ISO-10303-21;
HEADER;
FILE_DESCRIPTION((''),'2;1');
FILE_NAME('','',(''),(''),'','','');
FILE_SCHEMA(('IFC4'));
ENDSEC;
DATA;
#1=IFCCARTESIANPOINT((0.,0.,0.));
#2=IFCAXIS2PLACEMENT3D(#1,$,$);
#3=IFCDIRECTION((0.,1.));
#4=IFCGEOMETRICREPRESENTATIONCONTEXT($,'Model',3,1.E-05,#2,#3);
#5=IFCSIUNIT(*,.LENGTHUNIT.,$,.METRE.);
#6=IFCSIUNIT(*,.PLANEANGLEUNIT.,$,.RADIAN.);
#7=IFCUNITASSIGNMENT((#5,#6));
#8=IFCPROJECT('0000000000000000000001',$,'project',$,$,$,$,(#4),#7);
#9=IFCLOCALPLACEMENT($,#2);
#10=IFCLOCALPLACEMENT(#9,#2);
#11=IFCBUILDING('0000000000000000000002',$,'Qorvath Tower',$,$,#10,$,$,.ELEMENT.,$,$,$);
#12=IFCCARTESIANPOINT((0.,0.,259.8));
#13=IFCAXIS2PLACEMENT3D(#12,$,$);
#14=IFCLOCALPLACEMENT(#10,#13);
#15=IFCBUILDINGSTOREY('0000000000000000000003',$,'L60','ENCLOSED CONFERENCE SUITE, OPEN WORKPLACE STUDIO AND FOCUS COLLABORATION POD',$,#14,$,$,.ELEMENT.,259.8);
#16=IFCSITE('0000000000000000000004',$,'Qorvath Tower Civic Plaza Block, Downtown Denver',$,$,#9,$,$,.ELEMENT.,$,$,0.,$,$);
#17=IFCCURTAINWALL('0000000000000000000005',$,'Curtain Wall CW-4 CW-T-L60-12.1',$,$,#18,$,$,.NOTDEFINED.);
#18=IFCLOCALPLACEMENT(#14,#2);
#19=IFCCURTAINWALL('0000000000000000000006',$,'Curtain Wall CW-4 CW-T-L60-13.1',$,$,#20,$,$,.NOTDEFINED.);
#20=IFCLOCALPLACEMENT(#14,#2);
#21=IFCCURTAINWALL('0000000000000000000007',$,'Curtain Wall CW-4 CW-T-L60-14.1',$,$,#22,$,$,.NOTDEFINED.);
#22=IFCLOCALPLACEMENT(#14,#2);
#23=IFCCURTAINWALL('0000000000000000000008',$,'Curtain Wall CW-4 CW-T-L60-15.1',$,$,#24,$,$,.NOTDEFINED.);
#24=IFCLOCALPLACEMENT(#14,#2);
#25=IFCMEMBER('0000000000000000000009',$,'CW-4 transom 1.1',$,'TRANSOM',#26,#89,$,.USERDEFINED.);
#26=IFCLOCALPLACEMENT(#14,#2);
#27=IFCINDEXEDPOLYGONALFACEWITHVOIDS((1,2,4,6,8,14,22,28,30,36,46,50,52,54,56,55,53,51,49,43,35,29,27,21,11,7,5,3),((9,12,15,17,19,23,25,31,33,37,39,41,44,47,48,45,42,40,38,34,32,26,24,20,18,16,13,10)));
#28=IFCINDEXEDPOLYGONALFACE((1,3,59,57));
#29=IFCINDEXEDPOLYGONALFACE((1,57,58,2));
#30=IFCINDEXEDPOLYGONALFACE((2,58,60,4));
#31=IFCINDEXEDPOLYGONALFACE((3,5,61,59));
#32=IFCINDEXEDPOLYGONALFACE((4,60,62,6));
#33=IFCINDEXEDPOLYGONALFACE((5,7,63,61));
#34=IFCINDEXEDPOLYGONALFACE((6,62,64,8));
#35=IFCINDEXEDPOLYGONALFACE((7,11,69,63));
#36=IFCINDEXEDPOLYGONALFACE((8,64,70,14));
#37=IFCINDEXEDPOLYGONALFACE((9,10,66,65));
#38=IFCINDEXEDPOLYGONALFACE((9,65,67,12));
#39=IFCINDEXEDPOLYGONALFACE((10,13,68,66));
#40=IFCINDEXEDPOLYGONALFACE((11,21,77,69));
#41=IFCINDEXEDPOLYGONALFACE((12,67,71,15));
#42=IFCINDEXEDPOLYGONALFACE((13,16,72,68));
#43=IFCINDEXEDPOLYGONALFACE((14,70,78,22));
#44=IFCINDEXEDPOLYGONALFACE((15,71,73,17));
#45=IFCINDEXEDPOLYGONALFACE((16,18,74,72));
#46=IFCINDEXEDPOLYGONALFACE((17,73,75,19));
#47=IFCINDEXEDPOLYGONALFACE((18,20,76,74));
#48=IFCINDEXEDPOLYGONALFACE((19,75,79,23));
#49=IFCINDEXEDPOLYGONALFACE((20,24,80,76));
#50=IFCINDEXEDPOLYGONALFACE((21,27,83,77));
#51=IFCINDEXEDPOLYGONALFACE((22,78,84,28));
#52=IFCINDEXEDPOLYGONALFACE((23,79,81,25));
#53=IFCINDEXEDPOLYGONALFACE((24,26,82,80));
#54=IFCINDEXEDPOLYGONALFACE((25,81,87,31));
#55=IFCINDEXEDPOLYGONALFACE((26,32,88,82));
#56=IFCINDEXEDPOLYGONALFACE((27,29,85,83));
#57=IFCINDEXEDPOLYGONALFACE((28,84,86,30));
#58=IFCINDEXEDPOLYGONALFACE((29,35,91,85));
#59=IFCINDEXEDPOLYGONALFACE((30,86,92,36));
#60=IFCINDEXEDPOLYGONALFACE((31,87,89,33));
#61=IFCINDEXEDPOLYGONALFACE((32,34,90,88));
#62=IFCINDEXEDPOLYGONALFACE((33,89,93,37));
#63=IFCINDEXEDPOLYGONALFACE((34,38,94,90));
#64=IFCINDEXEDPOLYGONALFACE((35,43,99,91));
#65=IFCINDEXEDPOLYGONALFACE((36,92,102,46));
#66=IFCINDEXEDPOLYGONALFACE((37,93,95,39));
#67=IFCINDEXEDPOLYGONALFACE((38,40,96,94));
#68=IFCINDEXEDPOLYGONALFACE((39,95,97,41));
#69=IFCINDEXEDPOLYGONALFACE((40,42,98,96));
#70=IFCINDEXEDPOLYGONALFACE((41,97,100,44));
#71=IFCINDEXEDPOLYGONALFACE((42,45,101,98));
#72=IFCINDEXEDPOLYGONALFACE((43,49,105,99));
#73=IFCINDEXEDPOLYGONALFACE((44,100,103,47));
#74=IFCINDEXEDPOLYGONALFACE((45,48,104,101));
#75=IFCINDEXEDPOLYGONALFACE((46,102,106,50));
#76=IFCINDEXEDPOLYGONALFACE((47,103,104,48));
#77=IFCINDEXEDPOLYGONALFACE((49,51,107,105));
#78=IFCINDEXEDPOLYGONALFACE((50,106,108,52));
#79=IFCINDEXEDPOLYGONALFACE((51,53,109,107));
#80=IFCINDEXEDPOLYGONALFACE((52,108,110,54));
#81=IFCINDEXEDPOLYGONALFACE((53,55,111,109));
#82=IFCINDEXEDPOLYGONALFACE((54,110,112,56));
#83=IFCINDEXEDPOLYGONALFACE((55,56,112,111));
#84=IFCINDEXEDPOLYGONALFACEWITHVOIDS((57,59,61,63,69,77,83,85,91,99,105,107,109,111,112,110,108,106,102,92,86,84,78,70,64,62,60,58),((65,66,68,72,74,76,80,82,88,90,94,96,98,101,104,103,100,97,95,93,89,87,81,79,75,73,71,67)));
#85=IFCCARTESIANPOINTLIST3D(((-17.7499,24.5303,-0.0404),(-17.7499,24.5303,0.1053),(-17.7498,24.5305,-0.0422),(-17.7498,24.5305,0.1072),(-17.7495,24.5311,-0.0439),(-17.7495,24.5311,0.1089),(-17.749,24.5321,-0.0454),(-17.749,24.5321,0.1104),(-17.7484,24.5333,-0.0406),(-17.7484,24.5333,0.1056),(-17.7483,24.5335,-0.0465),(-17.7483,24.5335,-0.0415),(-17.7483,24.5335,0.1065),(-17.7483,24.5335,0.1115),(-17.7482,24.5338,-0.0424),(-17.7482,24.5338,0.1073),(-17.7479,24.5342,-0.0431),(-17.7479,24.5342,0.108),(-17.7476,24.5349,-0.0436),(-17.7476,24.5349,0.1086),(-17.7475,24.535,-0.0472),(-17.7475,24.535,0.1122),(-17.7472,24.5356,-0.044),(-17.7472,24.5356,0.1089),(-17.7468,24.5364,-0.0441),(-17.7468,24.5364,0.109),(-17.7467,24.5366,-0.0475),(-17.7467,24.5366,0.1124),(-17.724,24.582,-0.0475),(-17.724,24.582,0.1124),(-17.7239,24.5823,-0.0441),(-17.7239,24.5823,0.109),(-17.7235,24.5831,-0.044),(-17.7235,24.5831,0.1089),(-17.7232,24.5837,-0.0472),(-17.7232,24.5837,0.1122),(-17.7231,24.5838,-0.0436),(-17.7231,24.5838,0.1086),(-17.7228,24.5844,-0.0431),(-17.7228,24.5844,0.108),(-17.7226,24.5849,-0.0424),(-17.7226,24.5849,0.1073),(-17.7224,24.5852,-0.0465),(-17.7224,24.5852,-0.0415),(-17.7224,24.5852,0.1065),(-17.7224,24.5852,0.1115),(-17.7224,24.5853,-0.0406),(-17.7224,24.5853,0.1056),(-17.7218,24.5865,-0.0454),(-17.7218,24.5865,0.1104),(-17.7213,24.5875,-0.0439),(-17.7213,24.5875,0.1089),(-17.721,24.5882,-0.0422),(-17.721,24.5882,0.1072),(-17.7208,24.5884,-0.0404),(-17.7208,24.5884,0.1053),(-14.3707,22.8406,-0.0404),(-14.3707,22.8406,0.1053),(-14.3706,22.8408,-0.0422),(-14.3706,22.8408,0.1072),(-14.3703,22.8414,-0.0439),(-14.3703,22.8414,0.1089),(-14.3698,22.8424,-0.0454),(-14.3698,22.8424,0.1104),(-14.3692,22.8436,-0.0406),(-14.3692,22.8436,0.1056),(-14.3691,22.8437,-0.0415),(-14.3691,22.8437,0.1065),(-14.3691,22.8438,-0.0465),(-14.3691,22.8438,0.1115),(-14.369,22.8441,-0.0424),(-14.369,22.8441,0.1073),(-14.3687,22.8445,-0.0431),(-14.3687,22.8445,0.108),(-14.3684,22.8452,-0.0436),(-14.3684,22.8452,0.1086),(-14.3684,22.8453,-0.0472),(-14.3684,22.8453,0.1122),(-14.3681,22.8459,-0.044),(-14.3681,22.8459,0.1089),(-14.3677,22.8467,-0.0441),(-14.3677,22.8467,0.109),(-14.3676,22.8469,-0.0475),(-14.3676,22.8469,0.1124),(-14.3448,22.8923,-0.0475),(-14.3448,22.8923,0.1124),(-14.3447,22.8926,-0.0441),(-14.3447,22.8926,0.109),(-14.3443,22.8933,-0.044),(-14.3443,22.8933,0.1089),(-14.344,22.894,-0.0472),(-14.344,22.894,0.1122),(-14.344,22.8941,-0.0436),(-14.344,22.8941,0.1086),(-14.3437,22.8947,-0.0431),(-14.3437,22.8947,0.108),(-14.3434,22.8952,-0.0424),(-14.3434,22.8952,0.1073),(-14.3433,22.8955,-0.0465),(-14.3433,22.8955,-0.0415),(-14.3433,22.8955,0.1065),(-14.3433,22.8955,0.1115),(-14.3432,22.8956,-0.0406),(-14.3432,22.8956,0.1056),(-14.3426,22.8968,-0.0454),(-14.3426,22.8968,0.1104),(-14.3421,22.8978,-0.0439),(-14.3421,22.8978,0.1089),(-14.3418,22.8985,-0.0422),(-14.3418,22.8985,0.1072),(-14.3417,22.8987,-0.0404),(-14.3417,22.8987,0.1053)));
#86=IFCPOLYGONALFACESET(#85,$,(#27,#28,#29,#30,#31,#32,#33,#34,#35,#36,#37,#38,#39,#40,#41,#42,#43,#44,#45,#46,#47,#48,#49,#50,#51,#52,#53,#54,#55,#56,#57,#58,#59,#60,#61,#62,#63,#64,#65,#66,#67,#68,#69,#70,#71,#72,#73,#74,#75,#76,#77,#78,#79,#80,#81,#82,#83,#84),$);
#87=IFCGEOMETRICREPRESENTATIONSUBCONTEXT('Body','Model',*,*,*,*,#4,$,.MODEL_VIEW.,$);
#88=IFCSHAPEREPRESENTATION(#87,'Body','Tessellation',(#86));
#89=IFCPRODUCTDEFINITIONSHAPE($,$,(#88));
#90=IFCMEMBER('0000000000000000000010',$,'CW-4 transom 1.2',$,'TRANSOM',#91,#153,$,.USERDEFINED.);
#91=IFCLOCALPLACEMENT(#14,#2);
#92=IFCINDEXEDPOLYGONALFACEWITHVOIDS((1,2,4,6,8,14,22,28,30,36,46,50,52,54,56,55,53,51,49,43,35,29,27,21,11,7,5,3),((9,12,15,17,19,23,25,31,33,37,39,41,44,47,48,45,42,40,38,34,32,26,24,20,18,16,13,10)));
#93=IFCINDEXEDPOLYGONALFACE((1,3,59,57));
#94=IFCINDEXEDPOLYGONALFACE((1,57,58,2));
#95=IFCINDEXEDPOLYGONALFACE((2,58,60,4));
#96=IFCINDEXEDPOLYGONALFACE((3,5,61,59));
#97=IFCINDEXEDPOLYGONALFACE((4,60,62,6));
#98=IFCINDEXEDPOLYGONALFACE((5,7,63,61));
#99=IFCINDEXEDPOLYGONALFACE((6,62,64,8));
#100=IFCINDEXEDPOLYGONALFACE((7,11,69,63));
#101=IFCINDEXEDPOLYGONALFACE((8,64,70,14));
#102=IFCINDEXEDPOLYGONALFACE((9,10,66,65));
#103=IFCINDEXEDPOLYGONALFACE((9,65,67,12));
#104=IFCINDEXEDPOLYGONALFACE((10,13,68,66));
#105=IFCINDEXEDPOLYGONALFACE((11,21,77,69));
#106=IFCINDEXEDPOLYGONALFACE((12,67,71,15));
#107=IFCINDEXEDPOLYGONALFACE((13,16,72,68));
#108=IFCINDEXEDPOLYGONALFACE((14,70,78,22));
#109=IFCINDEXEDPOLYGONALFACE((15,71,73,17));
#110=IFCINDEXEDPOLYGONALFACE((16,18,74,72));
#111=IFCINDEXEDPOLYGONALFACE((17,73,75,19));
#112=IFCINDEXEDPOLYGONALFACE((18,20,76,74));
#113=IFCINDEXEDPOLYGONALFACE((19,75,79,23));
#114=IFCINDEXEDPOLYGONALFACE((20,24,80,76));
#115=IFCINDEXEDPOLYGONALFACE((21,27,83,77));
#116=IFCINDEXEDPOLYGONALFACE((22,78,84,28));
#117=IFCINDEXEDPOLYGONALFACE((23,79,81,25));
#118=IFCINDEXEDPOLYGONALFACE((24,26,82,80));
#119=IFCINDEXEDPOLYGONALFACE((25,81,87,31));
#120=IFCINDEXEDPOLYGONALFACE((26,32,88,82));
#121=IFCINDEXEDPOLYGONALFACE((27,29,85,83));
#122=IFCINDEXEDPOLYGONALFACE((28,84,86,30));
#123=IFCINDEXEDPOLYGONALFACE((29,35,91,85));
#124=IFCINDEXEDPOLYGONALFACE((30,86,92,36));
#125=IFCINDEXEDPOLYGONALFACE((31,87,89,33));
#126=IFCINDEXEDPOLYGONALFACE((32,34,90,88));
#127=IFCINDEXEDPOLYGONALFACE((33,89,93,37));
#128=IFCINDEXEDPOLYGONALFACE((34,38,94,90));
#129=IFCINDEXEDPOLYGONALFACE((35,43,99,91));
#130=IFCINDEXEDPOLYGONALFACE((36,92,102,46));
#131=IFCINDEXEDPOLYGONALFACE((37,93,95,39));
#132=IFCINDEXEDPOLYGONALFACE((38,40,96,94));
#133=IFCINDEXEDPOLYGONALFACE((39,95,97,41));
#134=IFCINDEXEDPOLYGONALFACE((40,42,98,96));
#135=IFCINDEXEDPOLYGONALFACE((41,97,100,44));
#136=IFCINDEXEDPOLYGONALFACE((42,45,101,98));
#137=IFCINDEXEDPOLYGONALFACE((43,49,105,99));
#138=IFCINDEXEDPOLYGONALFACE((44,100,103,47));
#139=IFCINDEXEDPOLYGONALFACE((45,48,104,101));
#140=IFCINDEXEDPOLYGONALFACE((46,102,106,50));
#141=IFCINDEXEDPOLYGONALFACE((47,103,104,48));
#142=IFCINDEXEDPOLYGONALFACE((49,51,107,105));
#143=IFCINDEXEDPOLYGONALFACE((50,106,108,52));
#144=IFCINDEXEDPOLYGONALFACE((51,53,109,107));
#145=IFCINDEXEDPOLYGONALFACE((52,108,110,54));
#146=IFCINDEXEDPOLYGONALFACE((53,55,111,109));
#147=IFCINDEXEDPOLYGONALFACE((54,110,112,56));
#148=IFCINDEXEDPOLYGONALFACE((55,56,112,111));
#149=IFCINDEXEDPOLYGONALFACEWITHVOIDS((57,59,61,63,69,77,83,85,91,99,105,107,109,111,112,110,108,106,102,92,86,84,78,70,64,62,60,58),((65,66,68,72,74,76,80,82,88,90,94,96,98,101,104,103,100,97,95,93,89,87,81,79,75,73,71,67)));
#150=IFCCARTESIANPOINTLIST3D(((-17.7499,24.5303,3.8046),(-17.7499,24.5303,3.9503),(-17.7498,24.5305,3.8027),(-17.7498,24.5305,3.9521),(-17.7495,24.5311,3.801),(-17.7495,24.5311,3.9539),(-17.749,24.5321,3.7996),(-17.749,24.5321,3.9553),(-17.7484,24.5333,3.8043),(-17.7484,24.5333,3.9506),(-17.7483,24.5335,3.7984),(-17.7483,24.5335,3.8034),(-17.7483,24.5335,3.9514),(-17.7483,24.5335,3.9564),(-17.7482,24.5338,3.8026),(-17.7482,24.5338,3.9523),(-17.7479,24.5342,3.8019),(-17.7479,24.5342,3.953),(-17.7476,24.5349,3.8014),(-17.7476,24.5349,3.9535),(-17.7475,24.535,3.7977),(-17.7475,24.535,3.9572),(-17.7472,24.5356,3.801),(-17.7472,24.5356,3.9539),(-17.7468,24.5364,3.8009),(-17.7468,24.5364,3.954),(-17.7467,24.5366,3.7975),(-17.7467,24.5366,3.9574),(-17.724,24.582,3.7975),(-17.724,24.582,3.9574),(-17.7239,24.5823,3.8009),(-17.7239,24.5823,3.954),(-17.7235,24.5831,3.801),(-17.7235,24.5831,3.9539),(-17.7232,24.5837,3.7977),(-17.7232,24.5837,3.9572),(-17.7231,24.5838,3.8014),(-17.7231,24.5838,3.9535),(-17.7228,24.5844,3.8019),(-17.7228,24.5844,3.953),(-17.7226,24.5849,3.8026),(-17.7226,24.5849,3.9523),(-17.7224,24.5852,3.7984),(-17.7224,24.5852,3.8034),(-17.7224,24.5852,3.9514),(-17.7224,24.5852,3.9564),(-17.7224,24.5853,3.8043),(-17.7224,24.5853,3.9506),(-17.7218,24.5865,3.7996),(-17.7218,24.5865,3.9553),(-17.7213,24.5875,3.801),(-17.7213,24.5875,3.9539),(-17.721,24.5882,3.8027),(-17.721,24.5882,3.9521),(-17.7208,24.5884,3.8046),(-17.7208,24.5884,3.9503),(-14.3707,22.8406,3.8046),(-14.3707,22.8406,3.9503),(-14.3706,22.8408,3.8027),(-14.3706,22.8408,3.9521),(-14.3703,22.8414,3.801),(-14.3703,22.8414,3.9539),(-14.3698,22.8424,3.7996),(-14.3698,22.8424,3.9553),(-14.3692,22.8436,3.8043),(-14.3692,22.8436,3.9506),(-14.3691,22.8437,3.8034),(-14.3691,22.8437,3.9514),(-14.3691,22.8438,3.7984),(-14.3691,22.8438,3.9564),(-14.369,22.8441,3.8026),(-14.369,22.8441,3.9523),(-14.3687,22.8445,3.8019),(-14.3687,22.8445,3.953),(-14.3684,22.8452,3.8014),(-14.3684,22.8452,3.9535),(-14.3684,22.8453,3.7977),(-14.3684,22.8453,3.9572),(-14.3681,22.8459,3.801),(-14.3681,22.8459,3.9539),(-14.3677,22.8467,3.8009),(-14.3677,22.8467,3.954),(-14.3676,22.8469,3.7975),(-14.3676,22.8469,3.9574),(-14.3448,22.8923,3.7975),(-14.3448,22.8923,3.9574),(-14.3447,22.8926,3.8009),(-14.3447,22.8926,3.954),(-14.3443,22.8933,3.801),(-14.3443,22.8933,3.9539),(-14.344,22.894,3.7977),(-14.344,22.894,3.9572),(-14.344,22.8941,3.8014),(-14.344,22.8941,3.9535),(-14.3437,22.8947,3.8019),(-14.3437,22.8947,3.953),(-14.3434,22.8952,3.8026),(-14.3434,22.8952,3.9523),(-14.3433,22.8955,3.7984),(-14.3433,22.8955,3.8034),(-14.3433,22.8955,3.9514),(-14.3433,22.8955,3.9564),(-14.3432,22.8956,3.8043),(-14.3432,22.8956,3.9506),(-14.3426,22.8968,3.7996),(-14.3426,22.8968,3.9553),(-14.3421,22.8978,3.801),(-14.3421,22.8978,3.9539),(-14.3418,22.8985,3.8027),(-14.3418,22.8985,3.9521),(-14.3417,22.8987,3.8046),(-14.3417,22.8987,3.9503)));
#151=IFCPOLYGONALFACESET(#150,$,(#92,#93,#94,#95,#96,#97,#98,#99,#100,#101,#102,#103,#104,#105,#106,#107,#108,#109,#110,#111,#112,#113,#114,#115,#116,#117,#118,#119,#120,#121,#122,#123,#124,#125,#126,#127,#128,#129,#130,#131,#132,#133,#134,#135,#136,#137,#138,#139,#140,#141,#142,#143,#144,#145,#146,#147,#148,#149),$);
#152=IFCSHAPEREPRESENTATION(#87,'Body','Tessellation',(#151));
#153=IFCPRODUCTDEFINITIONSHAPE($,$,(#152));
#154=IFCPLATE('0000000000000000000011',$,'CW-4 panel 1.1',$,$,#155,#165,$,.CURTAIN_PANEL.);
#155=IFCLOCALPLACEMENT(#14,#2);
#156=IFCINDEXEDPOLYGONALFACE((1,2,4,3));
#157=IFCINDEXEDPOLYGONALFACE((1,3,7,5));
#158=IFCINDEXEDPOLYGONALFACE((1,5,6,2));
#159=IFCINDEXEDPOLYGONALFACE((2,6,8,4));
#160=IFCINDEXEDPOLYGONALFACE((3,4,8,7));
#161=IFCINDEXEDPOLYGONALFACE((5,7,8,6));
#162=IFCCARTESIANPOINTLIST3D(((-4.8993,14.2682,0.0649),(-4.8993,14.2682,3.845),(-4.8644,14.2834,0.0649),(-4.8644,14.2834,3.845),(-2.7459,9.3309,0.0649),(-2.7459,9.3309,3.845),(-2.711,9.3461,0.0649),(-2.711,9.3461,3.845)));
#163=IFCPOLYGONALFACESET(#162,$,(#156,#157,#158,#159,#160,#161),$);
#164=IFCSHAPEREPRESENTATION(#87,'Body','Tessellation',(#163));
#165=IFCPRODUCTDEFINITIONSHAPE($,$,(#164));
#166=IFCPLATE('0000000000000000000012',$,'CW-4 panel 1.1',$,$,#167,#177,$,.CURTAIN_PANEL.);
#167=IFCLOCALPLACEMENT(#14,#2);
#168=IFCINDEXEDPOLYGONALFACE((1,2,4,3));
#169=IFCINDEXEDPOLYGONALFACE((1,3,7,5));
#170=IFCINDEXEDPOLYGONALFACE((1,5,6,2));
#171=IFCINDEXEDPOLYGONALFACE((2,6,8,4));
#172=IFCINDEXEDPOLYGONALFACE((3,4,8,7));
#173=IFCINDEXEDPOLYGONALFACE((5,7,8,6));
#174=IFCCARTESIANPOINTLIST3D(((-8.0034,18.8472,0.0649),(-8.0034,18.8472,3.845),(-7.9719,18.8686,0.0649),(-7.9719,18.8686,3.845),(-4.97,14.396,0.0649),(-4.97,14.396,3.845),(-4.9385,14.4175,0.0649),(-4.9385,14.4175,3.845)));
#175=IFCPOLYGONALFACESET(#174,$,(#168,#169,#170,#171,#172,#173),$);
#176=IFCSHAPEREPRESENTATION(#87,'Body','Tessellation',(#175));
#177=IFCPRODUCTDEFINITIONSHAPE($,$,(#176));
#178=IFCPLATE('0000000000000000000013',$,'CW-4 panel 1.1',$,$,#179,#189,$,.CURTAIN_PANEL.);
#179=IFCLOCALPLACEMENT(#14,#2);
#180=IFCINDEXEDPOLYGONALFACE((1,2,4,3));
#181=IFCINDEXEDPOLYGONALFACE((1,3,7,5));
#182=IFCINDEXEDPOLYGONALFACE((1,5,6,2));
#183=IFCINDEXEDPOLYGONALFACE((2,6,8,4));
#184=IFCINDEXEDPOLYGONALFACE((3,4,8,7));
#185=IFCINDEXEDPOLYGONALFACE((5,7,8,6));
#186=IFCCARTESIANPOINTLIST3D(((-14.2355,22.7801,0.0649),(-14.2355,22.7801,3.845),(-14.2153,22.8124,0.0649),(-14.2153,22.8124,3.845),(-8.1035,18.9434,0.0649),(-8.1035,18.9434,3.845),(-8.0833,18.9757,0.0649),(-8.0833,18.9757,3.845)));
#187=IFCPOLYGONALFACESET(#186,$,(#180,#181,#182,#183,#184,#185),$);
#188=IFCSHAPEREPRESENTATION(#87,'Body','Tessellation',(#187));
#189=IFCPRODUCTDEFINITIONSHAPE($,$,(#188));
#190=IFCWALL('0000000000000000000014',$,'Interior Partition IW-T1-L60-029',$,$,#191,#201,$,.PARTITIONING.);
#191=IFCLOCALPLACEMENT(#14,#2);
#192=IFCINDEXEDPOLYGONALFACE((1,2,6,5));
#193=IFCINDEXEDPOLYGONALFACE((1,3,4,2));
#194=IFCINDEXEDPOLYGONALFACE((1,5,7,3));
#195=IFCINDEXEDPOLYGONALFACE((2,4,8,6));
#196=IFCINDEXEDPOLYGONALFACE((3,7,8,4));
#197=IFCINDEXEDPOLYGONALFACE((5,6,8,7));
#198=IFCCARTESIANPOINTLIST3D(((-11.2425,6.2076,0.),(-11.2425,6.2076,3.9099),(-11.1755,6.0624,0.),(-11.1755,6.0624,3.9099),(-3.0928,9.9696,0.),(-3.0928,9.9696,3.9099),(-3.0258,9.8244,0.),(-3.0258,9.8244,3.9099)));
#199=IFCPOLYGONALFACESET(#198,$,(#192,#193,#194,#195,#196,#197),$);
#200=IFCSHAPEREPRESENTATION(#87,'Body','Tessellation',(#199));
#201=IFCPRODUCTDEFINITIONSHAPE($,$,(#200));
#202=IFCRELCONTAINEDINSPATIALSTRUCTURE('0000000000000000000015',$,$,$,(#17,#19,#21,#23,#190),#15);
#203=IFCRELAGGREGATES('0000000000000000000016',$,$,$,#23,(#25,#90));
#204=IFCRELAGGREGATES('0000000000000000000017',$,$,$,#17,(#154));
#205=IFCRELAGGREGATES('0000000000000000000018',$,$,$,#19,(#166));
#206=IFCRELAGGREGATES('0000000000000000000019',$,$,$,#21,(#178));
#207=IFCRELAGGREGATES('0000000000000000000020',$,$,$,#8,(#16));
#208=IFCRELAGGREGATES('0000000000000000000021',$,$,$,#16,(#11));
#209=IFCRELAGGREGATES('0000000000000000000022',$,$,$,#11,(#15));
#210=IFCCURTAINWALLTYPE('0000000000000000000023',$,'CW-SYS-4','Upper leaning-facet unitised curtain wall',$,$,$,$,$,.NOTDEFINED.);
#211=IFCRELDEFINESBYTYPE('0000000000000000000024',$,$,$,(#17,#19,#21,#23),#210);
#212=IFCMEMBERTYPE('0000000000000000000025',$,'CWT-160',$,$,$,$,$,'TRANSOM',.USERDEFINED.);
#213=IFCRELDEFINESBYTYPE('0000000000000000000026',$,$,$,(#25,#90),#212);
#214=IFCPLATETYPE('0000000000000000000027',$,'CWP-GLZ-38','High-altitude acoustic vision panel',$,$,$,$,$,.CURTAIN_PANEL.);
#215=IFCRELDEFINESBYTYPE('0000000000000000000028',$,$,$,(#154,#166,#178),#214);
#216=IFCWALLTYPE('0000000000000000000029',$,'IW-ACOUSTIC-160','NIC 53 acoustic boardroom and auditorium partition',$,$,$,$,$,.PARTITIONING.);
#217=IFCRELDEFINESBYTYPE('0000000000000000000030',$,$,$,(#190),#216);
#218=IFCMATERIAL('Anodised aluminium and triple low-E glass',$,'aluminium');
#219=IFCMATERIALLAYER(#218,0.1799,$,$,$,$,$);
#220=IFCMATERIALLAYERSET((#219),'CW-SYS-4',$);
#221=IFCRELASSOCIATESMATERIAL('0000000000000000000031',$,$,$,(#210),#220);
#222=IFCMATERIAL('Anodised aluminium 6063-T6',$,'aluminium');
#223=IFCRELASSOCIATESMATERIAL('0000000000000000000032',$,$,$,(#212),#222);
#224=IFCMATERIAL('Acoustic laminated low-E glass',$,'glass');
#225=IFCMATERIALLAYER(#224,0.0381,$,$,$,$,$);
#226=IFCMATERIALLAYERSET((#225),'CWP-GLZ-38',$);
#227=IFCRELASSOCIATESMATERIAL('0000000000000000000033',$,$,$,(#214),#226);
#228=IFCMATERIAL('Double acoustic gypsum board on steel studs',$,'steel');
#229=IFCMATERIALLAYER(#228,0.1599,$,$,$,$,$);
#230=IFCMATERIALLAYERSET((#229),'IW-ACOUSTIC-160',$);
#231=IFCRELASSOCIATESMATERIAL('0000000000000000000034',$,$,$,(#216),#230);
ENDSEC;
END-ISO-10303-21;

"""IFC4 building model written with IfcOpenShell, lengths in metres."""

from ifc_helpers import new_model, si_unit, direction, frame, frame_2d, origin, origin_2d, place, context, subcontext, project, spatial, rectangle, hollow_rectangle, extrude, material, layer, layer_set, material_profile, profile_set, type_object, element, aggregate, save


model = new_model("IFC4")

# Units and contexts
model_context = context("Model", 3, precision=1e-05, world=origin(), true_north=direction((0.0, 1.0)))
body_context = subcontext(model_context, "Body", "Model", "MODEL_VIEW")
ifc_project = project(units=[si_unit("LENGTHUNIT", "METRE"), si_unit("PLANEANGLEUNIT", "RADIAN")], contexts=[model_context])

# Site, building, storey
site_placement = place(None, origin())
site = spatial("IfcSite", under=ifc_project, at=site_placement, Name="Qorvath Tower Civic Plaza Block, Downtown Denver", CompositionType="ELEMENT", RefElevation=0.0)
building_placement = place(site_placement, origin())
building = spatial("IfcBuilding", under=site, at=building_placement, Name="Qorvath Tower", CompositionType="ELEMENT")
storey_placement = place(building_placement, frame((0.0, 0.0, 259.8)))
storey = spatial("IfcBuildingStorey", under=building, at=storey_placement, Name="L60", Description="ENCLOSED CONFERENCE SUITE, OPEN WORKPLACE STUDIO AND FOCUS COLLABORATION POD", CompositionType="ELEMENT", Elevation=259.8)

# Shared definitions
ifc_material_1 = material(Name="Anodised aluminium and triple low-E glass", Category="aluminium")
ifc_layer_1 = layer(ifc_material_1, 0.1799)
ifc_layer_set_1 = layer_set([ifc_layer_1], Name="CW-SYS-4")
curtain_wall_type = type_object("IfcCurtainWallType", Name="CW-SYS-4", Description="Upper leaning-facet unitised curtain wall", PredefinedType="NOTDEFINED", material=ifc_layer_set_1)

# Curtain walls
curtain_wall_1_placement = place(storey_placement, origin())
curtain_wall_1 = element("IfcCurtainWall", 1, at=curtain_wall_1_placement, inside=storey, type_object=curtain_wall_type, Name="Curtain Wall CW-4 CW-T-L60-12.1", PredefinedType="NOTDEFINED")
curtain_wall_2_placement = place(storey_placement, origin())
curtain_wall_2 = element("IfcCurtainWall", 2, at=curtain_wall_2_placement, inside=storey, type_object=curtain_wall_type, Name="Curtain Wall CW-4 CW-T-L60-13.1", PredefinedType="NOTDEFINED")
curtain_wall_3_placement = place(storey_placement, origin())
curtain_wall_3 = element("IfcCurtainWall", 3, at=curtain_wall_3_placement, inside=storey, type_object=curtain_wall_type, Name="Curtain Wall CW-4 CW-T-L60-14.1", PredefinedType="NOTDEFINED")

# Curtain wall
curtain_wall_4_placement = place(storey_placement, origin())
curtain_wall_4 = element("IfcCurtainWall", 4, at=curtain_wall_4_placement, inside=storey, type_object=curtain_wall_type, Name="Curtain Wall CW-4 CW-T-L60-15.1", PredefinedType="NOTDEFINED")

# Members
ifc_material_2 = material(Name="Anodised aluminium 6063-T6", Category="aluminium")
ifc_material_profile_1 = material_profile(ifc_material_2, hollow_rectangle(XDim=0.0649, YDim=0.1599, WallThickness=0.0034, InnerFilletRadius=0.0034, OuterFilletRadius=0.0071, at=origin_2d()), Name="CWT 160x65")
ifc_profile_set_1 = profile_set([ifc_material_profile_1], Name="Anodised aluminium 6063-T6")
member_type_1 = type_object("IfcMemberType", Name="CWT-160", ElementType="TRANSOM", PredefinedType="USERDEFINED", material=ifc_profile_set_1)
member_1_placement = place(storey_placement, frame((-14.3562, 22.8696, 0.0325), z_axis=(-0.894414, 0.447239, 0.0), x_axis=(-0.447239, -0.894414, 0.0)))
member_1 = element("IfcMember", 5, at=member_1_placement, type_object=member_type_1, Name="CW-4 transom 1.1", ObjectType="TRANSOM", PredefinedType="USERDEFINED", context=body_context, shape_type="SweptSolid", body=[
    extrude(hollow_rectangle(XDim=0.0649, YDim=0.1599, WallThickness=0.0034, InnerFilletRadius=0.0034, OuterFilletRadius=0.0071, at=origin_2d()), origin(), (0.0, 0.0, 1.0), 3.7781),
])
member_2_placement = place(storey_placement, frame((-14.3562, 22.8696, 3.8774), z_axis=(-0.894414, 0.447239, 0.0), x_axis=(-0.447239, -0.894414, 0.0)))
member_2 = element("IfcMember", 6, at=member_2_placement, type_object=member_type_1, Name="CW-4 transom 1.2", ObjectType="TRANSOM", PredefinedType="USERDEFINED", context=body_context, shape_type="SweptSolid", body=[
    extrude(hollow_rectangle(XDim=0.0649, YDim=0.1599, WallThickness=0.0034, InnerFilletRadius=0.0034, OuterFilletRadius=0.0071, at=origin_2d()), origin(), (0.0, 0.0, 1.0), 3.7781),
])
aggregate(curtain_wall_4, [member_1, member_2])

# Plates
ifc_material_3 = material(Name="Acoustic laminated low-E glass", Category="glass")
ifc_layer_2 = layer(ifc_material_3, 0.0381)
ifc_layer_set_2 = layer_set([ifc_layer_2], Name="CWP-GLZ-38")
plate_type = type_object("IfcPlateType", Name="CWP-GLZ-38", Description="High-altitude acoustic vision panel", PredefinedType="CURTAIN_PANEL", material=ifc_layer_set_2)
plate_1_placement = place(storey_placement, frame((-3.8052, 11.8071, 0.0649), z_axis=(0.0, 0.0, 1.0), x_axis=(-0.399777, 0.916612, 0.0)))
plate_1 = element("IfcPlate", 7, at=plate_1_placement, type_object=plate_type, Name="CW-4 panel 1.1", PredefinedType="CURTAIN_PANEL", context=body_context, shape_type="SweptSolid", body=[
    extrude(rectangle(XDim=5.3865, YDim=0.0381, at=origin_2d()), origin(), (0.0, 0.0, 1.0), 3.78),
])
aggregate(curtain_wall_1, [plate_1])
plate_2_placement = place(storey_placement, frame((-6.4709, 16.6323, 0.0649), z_axis=(0.0, 0.0, 1.0), x_axis=(-0.563145, 0.826358, 0.0)))
plate_2 = element("IfcPlate", 8, at=plate_2_placement, type_object=plate_type, Name="CW-4 panel 1.1", PredefinedType="CURTAIN_PANEL", context=body_context, shape_type="SweptSolid", body=[
    extrude(rectangle(XDim=5.3865, YDim=0.0381, at=origin_2d()), origin(), (0.0, 0.0, 1.0), 3.78),
])
aggregate(curtain_wall_2, [plate_2])
plate_3_placement = place(storey_placement, frame((-11.1594, 20.8779, 0.0649), z_axis=(0.0, 0.0, 1.0), x_axis=(-0.84774, 0.530412, 0.0)))
plate_3 = element("IfcPlate", 9, at=plate_3_placement, type_object=plate_type, Name="CW-4 panel 1.1", PredefinedType="CURTAIN_PANEL", context=body_context, shape_type="SweptSolid", body=[
    extrude(rectangle(XDim=7.2334, YDim=0.0381, at=origin_2d()), origin(), (0.0, 0.0, 1.0), 3.78),
])
aggregate(curtain_wall_3, [plate_3])

# Wall
ifc_material_4 = material(Name="Double acoustic gypsum board on steel studs", Category="steel")
ifc_layer_3 = layer(ifc_material_4, 0.1599)
ifc_layer_set_3 = layer_set([ifc_layer_3], Name="IW-ACOUSTIC-160")
wall_type = type_object("IfcWallType", Name="IW-ACOUSTIC-160", Description="NIC 53 acoustic boardroom and auditorium partition", PredefinedType="PARTITIONING", material=ifc_layer_set_3)
wall_placement = place(storey_placement, frame((-3.0593, 9.897, 0.0), z_axis=(0.0, 0.0, 1.0), x_axis=(-0.907935, -0.419112, 0.0)))
element("IfcWall", 10, at=wall_placement, inside=storey, type_object=wall_type, Name="Interior Partition IW-T1-L60-029", PredefinedType="PARTITIONING", context=body_context, shape_type="SweptSolid", body=[
    extrude(rectangle(XDim=8.9761, YDim=0.1599, at=frame_2d((4.488, 0.0))), origin(), (0.0, 0.0, 1.0), 3.9099),
])

save(model, "model.ifc")
